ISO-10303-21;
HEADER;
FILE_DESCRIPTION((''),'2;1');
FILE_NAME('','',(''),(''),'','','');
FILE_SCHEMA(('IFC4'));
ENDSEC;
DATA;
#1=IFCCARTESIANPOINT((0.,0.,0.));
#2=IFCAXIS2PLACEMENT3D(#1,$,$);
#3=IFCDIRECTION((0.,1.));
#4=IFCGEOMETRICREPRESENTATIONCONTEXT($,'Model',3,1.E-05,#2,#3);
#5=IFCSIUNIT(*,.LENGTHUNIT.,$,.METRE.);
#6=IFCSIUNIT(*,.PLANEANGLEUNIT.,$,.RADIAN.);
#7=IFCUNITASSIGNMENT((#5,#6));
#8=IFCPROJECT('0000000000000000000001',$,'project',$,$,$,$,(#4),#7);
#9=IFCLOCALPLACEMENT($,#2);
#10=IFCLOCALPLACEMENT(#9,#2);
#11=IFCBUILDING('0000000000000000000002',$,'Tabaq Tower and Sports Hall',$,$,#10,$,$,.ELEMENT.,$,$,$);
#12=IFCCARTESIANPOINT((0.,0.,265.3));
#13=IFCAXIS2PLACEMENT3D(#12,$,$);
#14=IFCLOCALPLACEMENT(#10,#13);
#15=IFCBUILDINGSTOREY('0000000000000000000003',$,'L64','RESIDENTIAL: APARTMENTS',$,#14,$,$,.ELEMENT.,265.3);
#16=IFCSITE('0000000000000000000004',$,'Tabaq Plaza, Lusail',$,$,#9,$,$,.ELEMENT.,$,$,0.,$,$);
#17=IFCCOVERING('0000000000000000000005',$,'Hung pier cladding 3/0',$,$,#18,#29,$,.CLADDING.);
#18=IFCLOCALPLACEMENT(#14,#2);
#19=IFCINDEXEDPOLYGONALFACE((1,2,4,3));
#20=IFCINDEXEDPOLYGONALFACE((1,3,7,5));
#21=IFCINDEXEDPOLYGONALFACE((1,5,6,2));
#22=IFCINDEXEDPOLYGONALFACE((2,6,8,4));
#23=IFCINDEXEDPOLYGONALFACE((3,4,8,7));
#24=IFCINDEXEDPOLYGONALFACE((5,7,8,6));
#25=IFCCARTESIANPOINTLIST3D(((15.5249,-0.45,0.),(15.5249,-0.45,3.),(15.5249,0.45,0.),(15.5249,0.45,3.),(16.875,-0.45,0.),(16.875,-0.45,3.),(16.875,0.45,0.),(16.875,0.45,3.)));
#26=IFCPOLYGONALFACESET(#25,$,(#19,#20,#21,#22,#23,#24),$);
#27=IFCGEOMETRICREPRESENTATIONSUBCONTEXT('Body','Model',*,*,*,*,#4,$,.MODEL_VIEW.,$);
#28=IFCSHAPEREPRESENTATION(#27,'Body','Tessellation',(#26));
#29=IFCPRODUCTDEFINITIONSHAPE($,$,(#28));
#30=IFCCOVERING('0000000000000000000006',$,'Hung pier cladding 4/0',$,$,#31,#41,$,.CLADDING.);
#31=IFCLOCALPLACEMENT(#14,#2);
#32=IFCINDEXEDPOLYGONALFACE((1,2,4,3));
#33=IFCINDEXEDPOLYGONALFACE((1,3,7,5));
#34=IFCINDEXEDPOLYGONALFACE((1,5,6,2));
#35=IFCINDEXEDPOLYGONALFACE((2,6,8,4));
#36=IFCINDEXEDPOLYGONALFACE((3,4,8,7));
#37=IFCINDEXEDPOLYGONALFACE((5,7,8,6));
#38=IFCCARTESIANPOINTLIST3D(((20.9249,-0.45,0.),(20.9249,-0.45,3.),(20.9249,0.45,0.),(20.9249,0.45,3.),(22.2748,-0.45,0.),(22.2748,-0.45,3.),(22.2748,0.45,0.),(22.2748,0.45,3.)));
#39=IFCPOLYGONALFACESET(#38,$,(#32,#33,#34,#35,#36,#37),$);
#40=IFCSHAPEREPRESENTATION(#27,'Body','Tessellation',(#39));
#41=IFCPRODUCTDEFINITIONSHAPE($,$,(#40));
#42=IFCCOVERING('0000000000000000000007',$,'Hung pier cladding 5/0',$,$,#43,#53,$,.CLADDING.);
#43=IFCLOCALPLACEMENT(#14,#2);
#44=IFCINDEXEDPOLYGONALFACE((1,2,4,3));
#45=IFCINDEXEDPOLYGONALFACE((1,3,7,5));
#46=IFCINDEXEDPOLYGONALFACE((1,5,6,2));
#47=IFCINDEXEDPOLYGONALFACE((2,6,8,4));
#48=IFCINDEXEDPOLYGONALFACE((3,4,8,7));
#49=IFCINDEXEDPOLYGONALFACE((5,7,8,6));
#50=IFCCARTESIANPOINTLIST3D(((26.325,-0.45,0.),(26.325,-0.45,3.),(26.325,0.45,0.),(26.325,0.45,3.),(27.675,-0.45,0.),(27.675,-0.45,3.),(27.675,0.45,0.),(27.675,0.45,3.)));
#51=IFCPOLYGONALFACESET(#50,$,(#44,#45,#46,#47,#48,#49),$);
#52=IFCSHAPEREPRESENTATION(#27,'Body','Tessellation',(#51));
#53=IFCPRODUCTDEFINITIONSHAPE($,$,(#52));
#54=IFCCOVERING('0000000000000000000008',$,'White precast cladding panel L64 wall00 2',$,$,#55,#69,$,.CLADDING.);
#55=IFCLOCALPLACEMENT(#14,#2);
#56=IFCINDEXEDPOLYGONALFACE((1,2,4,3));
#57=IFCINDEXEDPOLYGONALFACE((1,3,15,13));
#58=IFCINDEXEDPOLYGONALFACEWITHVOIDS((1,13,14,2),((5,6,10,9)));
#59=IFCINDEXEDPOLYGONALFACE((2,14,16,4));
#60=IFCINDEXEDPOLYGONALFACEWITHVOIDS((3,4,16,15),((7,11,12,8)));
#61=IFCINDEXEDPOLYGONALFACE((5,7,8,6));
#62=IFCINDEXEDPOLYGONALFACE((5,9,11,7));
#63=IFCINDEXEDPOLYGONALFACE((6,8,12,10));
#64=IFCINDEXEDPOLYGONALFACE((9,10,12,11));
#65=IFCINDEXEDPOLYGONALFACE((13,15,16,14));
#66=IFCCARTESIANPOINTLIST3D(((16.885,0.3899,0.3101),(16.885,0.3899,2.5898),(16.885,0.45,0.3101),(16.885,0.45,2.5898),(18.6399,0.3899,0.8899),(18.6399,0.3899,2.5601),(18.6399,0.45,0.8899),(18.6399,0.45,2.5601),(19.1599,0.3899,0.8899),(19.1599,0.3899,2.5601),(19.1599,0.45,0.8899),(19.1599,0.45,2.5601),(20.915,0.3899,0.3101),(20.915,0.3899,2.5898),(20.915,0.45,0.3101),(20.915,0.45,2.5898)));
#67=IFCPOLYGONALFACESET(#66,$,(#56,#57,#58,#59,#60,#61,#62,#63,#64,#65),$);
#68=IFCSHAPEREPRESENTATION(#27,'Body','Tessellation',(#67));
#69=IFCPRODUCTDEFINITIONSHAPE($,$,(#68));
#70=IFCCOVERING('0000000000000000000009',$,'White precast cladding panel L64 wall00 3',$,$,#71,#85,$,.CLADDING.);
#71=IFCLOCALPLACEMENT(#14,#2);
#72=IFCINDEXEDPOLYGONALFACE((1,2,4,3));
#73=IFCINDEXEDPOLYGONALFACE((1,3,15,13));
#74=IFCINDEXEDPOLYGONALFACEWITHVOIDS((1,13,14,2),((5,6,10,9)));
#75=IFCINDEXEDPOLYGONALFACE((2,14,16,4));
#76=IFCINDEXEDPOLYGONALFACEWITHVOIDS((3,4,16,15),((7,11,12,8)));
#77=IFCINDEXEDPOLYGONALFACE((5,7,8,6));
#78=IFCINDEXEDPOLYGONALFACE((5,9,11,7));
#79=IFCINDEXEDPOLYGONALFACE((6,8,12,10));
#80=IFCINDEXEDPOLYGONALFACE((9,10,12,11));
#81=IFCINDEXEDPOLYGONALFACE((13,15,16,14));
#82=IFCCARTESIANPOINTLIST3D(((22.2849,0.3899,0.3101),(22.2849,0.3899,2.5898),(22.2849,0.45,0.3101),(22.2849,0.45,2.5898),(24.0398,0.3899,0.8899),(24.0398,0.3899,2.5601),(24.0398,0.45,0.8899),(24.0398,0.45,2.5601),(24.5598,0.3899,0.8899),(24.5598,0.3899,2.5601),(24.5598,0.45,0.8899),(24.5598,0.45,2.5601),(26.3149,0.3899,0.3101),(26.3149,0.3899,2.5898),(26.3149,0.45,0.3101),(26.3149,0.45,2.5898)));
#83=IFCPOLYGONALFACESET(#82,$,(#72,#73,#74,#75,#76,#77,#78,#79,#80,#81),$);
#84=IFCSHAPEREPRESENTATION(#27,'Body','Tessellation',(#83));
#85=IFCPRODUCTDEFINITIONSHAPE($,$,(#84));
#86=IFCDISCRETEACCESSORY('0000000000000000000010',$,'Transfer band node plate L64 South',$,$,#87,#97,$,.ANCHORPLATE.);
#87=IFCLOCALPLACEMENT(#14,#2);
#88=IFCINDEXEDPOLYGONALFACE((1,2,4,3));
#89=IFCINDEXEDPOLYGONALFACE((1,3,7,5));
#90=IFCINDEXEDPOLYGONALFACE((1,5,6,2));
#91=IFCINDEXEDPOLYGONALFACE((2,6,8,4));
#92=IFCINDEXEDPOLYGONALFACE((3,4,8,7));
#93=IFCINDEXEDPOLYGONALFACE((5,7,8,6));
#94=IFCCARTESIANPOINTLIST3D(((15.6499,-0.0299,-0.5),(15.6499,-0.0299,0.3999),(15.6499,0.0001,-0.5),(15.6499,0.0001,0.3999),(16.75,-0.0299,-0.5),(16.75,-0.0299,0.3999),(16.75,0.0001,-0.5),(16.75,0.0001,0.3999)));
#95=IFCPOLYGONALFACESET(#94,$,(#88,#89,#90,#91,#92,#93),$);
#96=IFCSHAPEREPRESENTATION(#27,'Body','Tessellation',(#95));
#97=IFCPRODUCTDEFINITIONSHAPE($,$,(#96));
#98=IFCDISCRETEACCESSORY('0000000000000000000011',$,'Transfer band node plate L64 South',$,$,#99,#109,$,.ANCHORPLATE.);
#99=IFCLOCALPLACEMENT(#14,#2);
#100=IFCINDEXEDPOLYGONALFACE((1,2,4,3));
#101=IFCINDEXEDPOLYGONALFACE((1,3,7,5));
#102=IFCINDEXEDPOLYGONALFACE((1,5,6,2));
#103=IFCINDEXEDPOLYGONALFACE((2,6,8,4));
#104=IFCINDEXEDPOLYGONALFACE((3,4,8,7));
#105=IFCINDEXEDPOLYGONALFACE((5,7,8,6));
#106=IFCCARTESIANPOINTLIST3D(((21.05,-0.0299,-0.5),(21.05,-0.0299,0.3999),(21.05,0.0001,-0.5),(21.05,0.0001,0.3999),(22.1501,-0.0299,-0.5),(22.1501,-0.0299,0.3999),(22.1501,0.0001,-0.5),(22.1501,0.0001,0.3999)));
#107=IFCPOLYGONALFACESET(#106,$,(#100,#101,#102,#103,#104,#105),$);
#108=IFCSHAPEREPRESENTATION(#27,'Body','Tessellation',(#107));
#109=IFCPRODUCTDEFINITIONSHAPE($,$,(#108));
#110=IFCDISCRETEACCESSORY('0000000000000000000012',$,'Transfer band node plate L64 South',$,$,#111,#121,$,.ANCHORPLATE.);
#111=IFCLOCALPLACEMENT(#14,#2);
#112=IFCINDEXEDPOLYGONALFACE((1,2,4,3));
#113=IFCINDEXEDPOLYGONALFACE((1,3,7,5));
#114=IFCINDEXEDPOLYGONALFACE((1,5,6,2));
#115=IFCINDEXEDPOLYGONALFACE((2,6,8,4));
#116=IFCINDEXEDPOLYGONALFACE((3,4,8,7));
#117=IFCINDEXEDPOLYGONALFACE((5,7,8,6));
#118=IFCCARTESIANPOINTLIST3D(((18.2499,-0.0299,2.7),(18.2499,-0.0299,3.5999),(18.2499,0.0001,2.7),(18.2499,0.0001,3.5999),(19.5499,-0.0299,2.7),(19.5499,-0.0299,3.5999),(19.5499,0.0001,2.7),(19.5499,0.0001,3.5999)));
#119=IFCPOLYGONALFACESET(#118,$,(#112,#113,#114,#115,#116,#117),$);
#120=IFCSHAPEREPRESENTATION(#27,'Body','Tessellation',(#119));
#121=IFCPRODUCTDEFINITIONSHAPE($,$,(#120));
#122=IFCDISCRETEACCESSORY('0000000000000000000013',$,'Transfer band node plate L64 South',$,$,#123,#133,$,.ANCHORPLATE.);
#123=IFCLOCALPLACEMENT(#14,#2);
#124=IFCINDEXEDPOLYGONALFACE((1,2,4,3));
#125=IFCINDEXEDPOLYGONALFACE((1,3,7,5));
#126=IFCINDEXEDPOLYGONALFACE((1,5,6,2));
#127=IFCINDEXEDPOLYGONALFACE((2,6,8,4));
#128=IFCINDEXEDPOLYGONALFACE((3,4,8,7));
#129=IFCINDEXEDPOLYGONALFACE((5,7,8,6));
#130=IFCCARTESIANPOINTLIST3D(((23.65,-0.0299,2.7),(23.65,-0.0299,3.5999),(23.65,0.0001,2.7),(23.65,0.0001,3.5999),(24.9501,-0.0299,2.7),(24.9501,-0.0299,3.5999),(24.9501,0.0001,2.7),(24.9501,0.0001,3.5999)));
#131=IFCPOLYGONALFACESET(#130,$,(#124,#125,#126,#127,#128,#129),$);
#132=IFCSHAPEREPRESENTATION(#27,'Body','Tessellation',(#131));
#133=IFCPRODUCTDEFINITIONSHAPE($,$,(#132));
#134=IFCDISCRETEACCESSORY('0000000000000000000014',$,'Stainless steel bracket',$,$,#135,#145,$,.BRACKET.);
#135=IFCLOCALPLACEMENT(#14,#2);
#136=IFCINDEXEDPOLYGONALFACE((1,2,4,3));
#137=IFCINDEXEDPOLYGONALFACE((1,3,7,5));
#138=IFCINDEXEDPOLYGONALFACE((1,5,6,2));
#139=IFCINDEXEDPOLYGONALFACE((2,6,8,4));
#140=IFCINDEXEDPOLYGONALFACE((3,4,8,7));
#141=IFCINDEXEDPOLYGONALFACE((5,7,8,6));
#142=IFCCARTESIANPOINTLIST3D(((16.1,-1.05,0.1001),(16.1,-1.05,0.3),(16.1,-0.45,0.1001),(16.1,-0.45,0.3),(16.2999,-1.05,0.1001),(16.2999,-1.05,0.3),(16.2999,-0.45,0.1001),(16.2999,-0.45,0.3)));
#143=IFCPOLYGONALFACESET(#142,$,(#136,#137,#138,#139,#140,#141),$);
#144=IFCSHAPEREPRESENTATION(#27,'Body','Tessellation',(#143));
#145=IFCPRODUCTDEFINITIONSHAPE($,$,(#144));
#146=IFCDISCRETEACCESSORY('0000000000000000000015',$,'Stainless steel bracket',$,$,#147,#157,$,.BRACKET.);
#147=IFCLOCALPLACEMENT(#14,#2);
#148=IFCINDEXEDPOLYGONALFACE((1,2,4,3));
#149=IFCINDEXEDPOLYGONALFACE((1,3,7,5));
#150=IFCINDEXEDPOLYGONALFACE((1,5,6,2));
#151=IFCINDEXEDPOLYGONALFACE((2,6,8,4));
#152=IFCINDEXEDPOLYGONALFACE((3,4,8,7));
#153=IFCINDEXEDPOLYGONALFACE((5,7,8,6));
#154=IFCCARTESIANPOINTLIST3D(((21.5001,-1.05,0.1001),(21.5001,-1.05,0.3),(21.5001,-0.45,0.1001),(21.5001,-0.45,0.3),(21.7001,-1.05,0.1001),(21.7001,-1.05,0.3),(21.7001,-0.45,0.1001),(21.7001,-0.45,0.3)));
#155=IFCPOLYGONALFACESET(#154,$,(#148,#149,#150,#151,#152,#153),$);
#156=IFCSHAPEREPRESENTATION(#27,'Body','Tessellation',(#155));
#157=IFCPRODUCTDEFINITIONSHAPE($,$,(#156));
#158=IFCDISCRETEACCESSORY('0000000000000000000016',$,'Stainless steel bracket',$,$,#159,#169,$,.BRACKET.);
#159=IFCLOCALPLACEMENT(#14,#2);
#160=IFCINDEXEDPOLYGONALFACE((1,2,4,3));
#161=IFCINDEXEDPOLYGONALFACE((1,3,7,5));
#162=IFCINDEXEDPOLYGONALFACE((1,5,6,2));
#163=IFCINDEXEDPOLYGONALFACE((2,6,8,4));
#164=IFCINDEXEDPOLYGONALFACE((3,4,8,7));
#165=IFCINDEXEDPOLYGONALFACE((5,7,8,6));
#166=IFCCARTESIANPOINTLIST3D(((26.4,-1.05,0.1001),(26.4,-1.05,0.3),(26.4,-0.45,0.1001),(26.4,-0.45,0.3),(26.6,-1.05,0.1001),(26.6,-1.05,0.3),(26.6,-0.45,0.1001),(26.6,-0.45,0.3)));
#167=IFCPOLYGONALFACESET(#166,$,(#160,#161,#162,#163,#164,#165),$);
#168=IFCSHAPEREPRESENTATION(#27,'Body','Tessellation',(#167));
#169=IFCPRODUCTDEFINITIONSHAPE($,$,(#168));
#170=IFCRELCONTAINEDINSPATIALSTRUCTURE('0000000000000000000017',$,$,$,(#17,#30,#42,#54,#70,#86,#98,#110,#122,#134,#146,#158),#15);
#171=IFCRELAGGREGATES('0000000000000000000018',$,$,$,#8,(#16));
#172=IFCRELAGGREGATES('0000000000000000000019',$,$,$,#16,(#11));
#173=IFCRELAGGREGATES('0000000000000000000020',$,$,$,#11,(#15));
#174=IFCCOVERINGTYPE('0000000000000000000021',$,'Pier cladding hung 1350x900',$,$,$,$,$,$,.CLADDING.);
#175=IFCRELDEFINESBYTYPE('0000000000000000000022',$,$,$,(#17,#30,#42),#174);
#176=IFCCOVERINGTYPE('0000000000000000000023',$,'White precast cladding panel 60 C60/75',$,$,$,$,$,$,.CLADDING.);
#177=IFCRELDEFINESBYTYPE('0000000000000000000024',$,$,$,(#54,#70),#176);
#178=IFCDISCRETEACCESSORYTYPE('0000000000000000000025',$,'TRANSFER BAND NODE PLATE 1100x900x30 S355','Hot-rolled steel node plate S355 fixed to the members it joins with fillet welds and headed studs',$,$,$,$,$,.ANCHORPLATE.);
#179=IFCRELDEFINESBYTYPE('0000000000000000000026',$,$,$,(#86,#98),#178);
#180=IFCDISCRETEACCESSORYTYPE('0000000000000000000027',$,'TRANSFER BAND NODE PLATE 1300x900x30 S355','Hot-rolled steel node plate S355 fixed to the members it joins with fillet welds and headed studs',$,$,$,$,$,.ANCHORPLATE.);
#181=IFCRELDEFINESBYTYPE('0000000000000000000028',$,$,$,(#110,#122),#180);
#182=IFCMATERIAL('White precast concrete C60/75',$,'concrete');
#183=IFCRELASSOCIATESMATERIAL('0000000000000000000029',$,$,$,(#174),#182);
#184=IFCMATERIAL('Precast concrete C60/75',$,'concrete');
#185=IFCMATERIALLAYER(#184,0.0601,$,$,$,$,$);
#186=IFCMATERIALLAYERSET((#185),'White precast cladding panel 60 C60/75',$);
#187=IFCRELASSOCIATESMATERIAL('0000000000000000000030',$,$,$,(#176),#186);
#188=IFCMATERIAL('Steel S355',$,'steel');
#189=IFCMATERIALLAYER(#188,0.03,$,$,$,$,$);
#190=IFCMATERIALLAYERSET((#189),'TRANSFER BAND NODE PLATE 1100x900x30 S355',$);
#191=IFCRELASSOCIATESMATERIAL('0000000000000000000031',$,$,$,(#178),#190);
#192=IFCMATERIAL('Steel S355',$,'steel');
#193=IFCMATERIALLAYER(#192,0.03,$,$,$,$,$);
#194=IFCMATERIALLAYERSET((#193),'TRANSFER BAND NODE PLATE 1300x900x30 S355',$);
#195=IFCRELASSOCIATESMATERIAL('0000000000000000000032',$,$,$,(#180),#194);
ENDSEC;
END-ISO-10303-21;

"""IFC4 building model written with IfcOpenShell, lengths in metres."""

from ifc_helpers import new_model, si_unit, direction, frame, frame_2d, origin, origin_2d, place, context, subcontext, project, spatial, polyline, rectangle, outline, extrude, material, layer, layer_set, type_object, element, save


model = new_model("IFC4")

# Units and contexts
model_context = context("Model", 3, precision=1e-05, world=origin(), true_north=direction((0.0, 1.0)))
body_context = subcontext(model_context, "Body", "Model", "MODEL_VIEW")
ifc_project = project(units=[si_unit("LENGTHUNIT", "METRE"), si_unit("PLANEANGLEUNIT", "RADIAN")], contexts=[model_context])

# Site, building, storey
site_placement = place(None, origin())
site = spatial("IfcSite", under=ifc_project, at=site_placement, Name="Tabaq Plaza, Lusail", CompositionType="ELEMENT", RefElevation=0.0)
building_placement = place(site_placement, origin())
building = spatial("IfcBuilding", under=site, at=building_placement, Name="Tabaq Tower and Sports Hall", CompositionType="ELEMENT")
storey_placement = place(building_placement, frame((0.0, 0.0, 265.3)))
storey = spatial("IfcBuildingStorey", under=building, at=storey_placement, Name="L64", Description="RESIDENTIAL: APARTMENTS", CompositionType="ELEMENT", Elevation=265.3)

# Coverings
ifc_material_1 = material(Name="White precast concrete C60/75", Category="concrete")
covering_type_1 = type_object("IfcCoveringType", Name="Pier cladding hung 1350x900", PredefinedType="CLADDING", material=ifc_material_1)
covering_1_placement = place(storey_placement, frame((15.5249, 0.0, 0.0), z_axis=(0.0, 0.0, 1.0), x_axis=(1.0, 0.0, 0.0)))
element("IfcCovering", 1, at=covering_1_placement, inside=storey, type_object=covering_type_1, Name="Hung pier cladding 3/0", PredefinedType="CLADDING", context=body_context, shape_type="SweptSolid", body=[
    extrude(rectangle(XDim=1.3501, YDim=0.8999, at=frame_2d((0.675, 0.0))), origin(), (0.0, 0.0, 1.0), 3.0),
])
covering_2_placement = place(storey_placement, frame((20.925, 0.0, 0.0), z_axis=(0.0, 0.0, 1.0), x_axis=(1.0, 0.0, 0.0)))
element("IfcCovering", 2, at=covering_2_placement, inside=storey, type_object=covering_type_1, Name="Hung pier cladding 4/0", PredefinedType="CLADDING", context=body_context, shape_type="SweptSolid", body=[
    extrude(rectangle(XDim=1.3499, YDim=0.8999, at=frame_2d((0.6748, 0.0))), origin(), (0.0, 0.0, 1.0), 3.0),
])
covering_3_placement = place(storey_placement, frame((26.325, 0.0, 0.0), z_axis=(0.0, 0.0, 1.0), x_axis=(1.0, 0.0, 0.0)))
element("IfcCovering", 3, at=covering_3_placement, inside=storey, type_object=covering_type_1, Name="Hung pier cladding 5/0", PredefinedType="CLADDING", context=body_context, shape_type="SweptSolid", body=[
    extrude(rectangle(XDim=1.3501, YDim=0.8999, at=frame_2d((0.675, 0.0))), origin(), (0.0, 0.0, 1.0), 3.0),
])
ifc_material_2 = material(Name="Precast concrete C60/75", Category="concrete")
ifc_layer_1 = layer(ifc_material_2, 0.0601)
ifc_layer_set_1 = layer_set([ifc_layer_1], Name="White precast cladding panel 60 C60/75")
covering_type_2 = type_object("IfcCoveringType", Name="White precast cladding panel 60 C60/75", PredefinedType="CLADDING", material=ifc_layer_set_1)
for number, where, z_axis, x_axis, name in (
    (4, (16.885, 0.4199, 0.3101), (0.0, 0.0, 1.0), (1.0, 0.0, 0.0), "White precast cladding panel L64 wall00 2"),
    (5, (22.2849, 0.4199, 0.3101), (0.0, 0.0, 1.0), (1.0, 0.0, 0.0), "White precast cladding panel L64 wall00 3"),
):
    element("IfcCovering", number, at=place(storey_placement, frame(where, z_axis=z_axis, x_axis=x_axis)), inside=storey, type_object=covering_type_2, Name=name, PredefinedType="CLADDING", context=body_context, shape_type="SweptSolid", body=[
        extrude(outline(polyline([(0.0, 0.0), (4.03, 0.0), (4.03, 2.2798), (0.0, 2.2798), (0.0, 0.0)]), holes=[polyline([(2.2749, 0.5798), (1.7549, 0.5798), (1.7549, 2.25), (2.2749, 2.25), (2.2749, 0.5798)])]), frame((0.0, 0.03, 0.0), z_axis=(0.0, -1.0, 0.0), x_axis=(1.0, 0.0, 0.0)), (0.0, 0.0, 1.0), 0.0601),
    ])

# Discrete accessories
ifc_material_3 = material(Name="Steel S355", Category="steel")
ifc_layer_2 = layer(ifc_material_3, 0.03)
ifc_layer_set_2 = layer_set([ifc_layer_2], Name="TRANSFER BAND NODE PLATE 1100x900x30 S355")
discrete_accessory_type_1 = type_object("IfcDiscreteAccessoryType", Name="TRANSFER BAND NODE PLATE 1100x900x30 S355", Description="Hot-rolled steel node plate S355 fixed to the members it joins with fillet welds and headed studs", PredefinedType="ANCHORPLATE", material=ifc_layer_set_2)
for number, where, z_axis, x_axis, name in (
    (6, (16.2, -0.0149, -0.5), (0.0, 0.0, 1.0), (1.0, 0.0, 0.0), "Transfer band node plate L64 South"),
    (7, (21.6001, -0.0149, -0.5), (0.0, 0.0, 1.0), (1.0, 0.0, 0.0), "Transfer band node plate L64 South"),
):
    element("IfcDiscreteAccessory", number, at=place(storey_placement, frame(where, z_axis=z_axis, x_axis=x_axis)), inside=storey, type_object=discrete_accessory_type_1, Name=name, PredefinedType="ANCHORPLATE", context=body_context, shape_type="SweptSolid", body=[
        extrude(rectangle(XDim=1.1001, YDim=0.03, at=origin_2d()), origin(), (0.0, 0.0, 1.0), 0.8999),
    ])
ifc_material_4 = material(Name="Steel S355", Category="steel")
ifc_layer_3 = layer(ifc_material_4, 0.03)
ifc_layer_set_3 = layer_set([ifc_layer_3], Name="TRANSFER BAND NODE PLATE 1300x900x30 S355")
discrete_accessory_type_2 = type_object("IfcDiscreteAccessoryType", Name="TRANSFER BAND NODE PLATE 1300x900x30 S355", Description="Hot-rolled steel node plate S355 fixed to the members it joins with fillet welds and headed studs", PredefinedType="ANCHORPLATE", material=ifc_layer_set_3)
for number, where, z_axis, x_axis, name in (
    (8, (18.8999, -0.0149, 2.7), (0.0, 0.0, 1.0), (1.0, 0.0, 0.0), "Transfer band node plate L64 South"),
    (9, (24.3, -0.0149, 2.7), (0.0, 0.0, 1.0), (1.0, 0.0, 0.0), "Transfer band node plate L64 South"),
):
    element("IfcDiscreteAccessory", number, at=place(storey_placement, frame(where, z_axis=z_axis, x_axis=x_axis)), inside=storey, type_object=discrete_accessory_type_2, Name=name, PredefinedType="ANCHORPLATE", context=body_context, shape_type="SweptSolid", body=[
        extrude(rectangle(XDim=1.3, YDim=0.03, at=origin_2d()), origin(), (0.0, 0.0, 1.0), 0.8999),
    ])
for number, where, z_axis, x_axis, name in (
    (10, (16.2, -0.75, 0.1001), (0.0, 0.0, 1.0), (0.0, -1.0, 0.0), "Stainless steel bracket"),
    (11, (21.6001, -0.75, 0.1001), (0.0, 0.0, 1.0), (0.0, -1.0, 0.0), "Stainless steel bracket"),
    (12, (26.5, -0.75, 0.1001), (0.0, 0.0, 1.0), (0.0, -1.0, 0.0), "Stainless steel bracket"),
):
    element("IfcDiscreteAccessory", number, at=place(storey_placement, frame(where, z_axis=z_axis, x_axis=x_axis)), inside=storey, Name=name, PredefinedType="BRACKET", context=body_context, shape_type="SweptSolid", body=[
        extrude(rectangle(XDim=0.6001, YDim=0.2, at=origin_2d()), origin(), (0.0, 0.0, 1.0), 0.2),
    ])

save(model, "model.ifc")
